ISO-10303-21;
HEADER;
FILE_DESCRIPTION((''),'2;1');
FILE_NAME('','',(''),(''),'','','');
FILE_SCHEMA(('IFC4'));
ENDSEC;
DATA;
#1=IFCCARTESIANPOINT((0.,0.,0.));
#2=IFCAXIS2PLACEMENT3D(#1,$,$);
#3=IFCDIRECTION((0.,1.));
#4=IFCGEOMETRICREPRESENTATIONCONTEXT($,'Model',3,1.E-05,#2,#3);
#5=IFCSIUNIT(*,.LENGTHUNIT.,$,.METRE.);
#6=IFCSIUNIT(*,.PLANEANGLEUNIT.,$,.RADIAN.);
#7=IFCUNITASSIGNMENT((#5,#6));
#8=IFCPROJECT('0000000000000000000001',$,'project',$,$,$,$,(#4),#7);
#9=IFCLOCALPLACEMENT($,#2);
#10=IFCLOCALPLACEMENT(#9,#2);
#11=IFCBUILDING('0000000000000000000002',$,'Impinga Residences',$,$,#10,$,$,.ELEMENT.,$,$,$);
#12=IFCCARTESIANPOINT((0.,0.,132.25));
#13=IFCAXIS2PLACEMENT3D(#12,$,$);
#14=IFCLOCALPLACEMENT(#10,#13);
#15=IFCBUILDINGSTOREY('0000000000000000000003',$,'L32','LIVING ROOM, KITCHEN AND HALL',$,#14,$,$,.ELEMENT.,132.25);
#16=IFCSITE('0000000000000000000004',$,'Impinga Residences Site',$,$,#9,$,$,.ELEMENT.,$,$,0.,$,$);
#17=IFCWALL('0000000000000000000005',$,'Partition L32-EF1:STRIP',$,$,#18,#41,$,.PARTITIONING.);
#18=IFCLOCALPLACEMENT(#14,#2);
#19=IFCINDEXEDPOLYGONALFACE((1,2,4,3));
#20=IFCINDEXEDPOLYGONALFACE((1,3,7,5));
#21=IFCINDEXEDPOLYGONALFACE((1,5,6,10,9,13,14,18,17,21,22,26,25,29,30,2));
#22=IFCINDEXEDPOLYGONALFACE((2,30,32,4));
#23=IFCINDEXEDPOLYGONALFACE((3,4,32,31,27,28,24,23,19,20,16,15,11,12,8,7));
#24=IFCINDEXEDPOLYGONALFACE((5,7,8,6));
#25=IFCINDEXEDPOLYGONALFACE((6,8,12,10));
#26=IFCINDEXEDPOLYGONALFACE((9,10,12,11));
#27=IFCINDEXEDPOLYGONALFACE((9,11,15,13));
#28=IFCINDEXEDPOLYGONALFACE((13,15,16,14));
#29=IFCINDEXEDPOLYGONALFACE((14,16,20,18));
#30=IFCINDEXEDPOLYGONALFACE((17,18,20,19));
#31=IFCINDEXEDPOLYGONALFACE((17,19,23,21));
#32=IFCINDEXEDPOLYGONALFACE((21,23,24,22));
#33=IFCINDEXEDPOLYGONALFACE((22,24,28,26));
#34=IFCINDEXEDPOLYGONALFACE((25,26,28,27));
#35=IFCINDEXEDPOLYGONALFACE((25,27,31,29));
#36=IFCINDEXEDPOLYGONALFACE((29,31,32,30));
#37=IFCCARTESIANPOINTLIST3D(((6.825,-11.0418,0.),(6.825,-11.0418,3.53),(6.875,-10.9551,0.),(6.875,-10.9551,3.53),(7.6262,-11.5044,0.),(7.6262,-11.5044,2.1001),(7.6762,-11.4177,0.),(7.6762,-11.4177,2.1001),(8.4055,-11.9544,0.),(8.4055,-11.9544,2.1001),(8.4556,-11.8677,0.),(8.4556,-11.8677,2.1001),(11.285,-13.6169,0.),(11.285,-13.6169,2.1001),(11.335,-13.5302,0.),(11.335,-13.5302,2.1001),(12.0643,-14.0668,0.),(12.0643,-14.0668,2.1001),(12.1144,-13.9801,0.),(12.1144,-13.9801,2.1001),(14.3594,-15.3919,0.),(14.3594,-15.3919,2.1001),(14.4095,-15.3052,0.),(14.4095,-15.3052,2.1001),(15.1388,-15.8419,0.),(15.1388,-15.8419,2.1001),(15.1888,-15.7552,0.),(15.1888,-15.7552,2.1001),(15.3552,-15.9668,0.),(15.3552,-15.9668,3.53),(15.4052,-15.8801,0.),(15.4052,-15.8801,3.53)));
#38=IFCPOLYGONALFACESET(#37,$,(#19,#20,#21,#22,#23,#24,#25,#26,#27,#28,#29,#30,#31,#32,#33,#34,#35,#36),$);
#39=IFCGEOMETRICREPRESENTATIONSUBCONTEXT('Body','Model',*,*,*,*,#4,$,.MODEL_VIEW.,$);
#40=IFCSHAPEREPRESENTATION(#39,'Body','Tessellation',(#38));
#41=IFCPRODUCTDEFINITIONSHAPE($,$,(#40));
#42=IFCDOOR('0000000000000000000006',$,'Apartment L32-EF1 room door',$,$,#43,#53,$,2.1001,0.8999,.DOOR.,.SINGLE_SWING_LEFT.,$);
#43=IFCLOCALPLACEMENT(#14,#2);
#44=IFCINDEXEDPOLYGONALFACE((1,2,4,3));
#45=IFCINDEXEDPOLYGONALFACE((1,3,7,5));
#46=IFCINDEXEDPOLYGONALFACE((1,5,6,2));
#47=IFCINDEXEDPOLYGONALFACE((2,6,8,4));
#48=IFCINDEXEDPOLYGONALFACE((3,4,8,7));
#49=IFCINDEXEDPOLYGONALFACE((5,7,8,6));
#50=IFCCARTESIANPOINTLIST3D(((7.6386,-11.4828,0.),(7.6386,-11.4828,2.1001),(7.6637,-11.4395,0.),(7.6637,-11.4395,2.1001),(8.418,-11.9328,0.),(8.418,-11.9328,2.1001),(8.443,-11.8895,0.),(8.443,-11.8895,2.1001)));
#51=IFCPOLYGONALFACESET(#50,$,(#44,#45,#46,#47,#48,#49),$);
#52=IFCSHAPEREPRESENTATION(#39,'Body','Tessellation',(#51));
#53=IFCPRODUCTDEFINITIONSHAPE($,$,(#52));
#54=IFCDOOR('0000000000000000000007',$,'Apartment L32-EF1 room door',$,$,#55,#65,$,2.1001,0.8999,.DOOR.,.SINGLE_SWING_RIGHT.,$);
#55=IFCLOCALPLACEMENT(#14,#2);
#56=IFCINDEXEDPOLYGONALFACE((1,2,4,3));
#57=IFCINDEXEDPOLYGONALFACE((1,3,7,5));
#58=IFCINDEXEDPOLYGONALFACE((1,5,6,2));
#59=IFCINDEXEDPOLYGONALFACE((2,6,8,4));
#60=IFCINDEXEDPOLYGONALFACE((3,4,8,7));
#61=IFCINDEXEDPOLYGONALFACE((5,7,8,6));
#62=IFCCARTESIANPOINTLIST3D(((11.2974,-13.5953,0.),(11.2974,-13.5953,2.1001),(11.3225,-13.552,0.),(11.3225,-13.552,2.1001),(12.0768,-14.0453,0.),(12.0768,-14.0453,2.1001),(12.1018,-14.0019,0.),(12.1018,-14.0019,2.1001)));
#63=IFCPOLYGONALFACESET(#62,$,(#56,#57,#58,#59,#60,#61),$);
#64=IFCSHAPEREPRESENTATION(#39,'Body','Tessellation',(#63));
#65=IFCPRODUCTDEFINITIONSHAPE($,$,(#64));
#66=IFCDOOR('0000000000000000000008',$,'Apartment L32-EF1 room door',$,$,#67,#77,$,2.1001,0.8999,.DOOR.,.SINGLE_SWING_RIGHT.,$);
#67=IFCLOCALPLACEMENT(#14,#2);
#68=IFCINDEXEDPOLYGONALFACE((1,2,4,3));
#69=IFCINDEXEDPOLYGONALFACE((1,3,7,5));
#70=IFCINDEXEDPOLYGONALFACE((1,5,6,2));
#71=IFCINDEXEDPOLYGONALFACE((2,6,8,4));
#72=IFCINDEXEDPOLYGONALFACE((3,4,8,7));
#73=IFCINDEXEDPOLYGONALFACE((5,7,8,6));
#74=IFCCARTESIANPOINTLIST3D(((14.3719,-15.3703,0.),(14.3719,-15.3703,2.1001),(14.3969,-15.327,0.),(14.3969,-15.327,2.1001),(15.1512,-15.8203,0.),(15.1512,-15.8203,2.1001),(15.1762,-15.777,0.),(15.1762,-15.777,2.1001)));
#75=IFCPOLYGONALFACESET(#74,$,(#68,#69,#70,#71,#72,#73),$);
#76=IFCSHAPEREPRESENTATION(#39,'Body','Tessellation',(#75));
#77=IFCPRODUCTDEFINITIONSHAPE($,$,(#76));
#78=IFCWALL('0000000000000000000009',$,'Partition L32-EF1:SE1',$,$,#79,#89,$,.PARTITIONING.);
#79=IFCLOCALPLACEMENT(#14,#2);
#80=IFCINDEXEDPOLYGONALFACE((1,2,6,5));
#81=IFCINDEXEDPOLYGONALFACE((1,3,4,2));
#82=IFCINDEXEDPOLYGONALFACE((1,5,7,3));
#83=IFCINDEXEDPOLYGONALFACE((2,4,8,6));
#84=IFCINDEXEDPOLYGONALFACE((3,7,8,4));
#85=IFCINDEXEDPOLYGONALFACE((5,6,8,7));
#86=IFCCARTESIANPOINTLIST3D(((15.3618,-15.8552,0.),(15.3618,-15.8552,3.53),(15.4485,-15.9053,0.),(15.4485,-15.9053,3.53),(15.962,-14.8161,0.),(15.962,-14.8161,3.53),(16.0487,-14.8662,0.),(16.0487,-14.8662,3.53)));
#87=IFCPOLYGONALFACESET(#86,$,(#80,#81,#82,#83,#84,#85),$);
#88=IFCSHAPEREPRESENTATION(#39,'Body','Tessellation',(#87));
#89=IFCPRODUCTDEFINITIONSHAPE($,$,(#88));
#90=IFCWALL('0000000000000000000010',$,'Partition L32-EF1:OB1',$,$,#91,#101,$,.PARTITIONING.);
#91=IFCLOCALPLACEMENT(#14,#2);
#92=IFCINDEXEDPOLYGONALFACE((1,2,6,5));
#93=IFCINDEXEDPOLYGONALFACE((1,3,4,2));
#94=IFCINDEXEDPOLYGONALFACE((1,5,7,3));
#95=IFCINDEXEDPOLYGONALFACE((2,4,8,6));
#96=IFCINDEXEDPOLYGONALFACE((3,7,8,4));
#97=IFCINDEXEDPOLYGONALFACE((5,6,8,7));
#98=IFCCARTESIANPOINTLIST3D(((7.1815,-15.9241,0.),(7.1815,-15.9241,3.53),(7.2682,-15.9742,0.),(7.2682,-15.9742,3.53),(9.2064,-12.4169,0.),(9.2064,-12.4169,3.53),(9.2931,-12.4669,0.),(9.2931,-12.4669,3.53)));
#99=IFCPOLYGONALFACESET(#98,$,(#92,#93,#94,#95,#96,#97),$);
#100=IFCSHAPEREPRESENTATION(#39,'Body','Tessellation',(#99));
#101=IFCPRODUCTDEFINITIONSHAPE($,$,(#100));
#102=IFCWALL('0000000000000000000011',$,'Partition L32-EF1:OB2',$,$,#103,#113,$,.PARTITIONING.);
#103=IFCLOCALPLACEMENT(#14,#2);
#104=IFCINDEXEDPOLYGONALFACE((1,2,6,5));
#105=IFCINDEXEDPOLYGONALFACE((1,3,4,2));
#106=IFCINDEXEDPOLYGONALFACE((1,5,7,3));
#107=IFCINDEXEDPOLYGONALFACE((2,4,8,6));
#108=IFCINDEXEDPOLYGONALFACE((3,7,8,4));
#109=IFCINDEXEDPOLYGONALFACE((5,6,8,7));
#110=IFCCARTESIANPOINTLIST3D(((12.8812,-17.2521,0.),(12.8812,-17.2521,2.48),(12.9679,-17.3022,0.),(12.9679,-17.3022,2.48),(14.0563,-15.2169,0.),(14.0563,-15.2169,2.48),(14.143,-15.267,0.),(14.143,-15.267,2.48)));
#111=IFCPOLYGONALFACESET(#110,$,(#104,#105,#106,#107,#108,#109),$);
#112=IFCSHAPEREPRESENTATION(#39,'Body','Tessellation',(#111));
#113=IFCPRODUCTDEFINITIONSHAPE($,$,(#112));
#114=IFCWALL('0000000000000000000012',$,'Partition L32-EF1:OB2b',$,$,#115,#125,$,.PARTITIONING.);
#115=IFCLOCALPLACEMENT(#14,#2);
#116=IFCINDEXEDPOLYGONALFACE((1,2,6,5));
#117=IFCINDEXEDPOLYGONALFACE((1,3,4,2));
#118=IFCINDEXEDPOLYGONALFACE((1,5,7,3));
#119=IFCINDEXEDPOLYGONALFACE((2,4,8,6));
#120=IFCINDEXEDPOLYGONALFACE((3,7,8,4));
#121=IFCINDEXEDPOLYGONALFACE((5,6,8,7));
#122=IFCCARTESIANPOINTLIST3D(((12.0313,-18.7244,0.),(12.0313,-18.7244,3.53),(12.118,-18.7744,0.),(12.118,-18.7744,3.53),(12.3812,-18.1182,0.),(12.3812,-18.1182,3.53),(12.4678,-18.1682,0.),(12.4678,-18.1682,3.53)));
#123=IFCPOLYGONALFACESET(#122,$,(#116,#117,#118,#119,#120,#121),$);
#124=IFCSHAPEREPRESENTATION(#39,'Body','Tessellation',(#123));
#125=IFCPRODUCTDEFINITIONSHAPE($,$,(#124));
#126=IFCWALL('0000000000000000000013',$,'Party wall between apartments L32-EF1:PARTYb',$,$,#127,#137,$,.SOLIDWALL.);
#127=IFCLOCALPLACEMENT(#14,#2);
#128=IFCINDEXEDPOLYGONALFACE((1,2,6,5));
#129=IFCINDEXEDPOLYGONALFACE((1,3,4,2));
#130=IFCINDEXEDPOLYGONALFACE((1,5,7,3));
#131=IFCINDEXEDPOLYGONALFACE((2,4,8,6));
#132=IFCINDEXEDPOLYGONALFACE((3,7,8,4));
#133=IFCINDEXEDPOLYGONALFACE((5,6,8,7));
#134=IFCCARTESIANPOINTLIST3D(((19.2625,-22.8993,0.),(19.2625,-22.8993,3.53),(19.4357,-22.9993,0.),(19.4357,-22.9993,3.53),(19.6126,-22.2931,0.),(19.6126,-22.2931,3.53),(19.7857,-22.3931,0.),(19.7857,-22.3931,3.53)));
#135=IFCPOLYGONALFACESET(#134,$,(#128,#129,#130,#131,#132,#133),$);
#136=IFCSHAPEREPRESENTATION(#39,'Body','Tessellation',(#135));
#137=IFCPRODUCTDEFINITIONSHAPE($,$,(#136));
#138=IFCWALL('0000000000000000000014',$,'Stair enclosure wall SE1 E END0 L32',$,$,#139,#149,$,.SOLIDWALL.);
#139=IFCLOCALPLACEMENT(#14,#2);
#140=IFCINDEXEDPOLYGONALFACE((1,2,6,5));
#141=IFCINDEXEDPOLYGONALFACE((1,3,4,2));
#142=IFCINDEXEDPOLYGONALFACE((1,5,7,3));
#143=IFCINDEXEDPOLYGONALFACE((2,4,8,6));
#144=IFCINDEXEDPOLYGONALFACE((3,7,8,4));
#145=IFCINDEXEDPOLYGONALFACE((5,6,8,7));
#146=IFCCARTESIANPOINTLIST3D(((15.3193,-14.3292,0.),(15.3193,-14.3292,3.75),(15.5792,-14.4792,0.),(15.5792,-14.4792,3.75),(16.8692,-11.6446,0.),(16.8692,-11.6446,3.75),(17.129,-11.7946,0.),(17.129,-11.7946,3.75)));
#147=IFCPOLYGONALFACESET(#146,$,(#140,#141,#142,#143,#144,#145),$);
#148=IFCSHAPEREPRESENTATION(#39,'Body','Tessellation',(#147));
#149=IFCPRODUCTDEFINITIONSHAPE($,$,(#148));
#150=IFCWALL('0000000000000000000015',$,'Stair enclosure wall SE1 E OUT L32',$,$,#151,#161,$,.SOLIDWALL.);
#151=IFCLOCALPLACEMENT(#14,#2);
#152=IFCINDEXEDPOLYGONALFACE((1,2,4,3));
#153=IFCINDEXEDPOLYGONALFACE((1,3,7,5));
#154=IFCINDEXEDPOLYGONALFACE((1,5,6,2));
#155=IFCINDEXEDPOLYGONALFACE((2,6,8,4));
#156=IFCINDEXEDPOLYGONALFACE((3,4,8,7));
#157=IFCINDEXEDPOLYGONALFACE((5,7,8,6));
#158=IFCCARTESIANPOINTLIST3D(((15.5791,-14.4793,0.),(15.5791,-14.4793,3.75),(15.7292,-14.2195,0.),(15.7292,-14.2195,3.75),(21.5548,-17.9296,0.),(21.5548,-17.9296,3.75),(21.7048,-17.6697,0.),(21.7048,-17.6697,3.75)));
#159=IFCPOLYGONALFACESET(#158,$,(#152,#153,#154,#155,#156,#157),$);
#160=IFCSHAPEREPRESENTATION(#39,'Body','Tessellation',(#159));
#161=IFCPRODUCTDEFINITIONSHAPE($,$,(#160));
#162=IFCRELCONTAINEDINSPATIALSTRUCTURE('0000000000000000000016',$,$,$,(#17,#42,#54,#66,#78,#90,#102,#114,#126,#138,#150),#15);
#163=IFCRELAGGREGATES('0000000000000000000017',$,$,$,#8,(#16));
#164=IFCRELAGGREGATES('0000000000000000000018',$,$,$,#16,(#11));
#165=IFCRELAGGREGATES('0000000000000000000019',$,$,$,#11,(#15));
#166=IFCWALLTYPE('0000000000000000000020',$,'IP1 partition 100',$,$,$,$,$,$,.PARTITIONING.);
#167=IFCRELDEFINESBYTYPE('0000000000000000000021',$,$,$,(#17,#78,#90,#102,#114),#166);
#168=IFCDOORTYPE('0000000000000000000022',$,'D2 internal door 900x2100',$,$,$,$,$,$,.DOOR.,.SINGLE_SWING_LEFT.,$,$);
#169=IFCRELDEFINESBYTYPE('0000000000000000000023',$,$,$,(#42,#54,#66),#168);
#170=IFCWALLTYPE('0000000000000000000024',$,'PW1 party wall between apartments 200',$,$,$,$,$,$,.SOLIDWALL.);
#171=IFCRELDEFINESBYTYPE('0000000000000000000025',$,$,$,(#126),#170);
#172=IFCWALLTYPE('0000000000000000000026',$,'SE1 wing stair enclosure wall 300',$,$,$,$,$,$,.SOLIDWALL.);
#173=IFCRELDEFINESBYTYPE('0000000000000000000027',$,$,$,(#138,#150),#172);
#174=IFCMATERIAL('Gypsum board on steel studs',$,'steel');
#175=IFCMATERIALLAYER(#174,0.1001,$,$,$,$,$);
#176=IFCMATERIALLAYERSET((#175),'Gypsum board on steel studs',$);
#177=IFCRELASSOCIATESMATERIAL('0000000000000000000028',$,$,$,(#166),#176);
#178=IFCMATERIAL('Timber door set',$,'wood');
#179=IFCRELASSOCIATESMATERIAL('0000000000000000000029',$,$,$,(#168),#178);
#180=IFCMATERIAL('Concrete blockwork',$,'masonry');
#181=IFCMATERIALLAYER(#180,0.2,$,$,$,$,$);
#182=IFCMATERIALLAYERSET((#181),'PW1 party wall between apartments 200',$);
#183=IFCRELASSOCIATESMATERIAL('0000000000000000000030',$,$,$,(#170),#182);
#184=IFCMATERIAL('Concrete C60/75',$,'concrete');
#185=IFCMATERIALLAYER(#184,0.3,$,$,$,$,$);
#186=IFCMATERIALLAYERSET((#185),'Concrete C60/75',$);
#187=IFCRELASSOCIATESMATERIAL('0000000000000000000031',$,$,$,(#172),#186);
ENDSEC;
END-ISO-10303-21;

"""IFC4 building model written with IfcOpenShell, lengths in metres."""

from ifc_helpers import new_model, si_unit, direction, frame, frame_2d, origin, place, context, subcontext, project, spatial, rectangle, extrude, material, layer, layer_set, type_object, element, fill, save


model = new_model("IFC4")

# Units and contexts
model_context = context("Model", 3, precision=1e-05, world=origin(), true_north=direction((0.0, 1.0)))
body_context = subcontext(model_context, "Body", "Model", "MODEL_VIEW")
ifc_project = project(units=[si_unit("LENGTHUNIT", "METRE"), si_unit("PLANEANGLEUNIT", "RADIAN")], contexts=[model_context])

# Site, building, storey
site_placement = place(None, origin())
site = spatial("IfcSite", under=ifc_project, at=site_placement, Name="Impinga Residences Site", CompositionType="ELEMENT", RefElevation=0.0)
building_placement = place(site_placement, origin())
building = spatial("IfcBuilding", under=site, at=building_placement, Name="Impinga Residences", CompositionType="ELEMENT")
storey_placement = place(building_placement, frame((0.0, 0.0, 132.25)))
storey = spatial("IfcBuildingStorey", under=building, at=storey_placement, Name="L32", Description="LIVING ROOM, KITCHEN AND HALL", CompositionType="ELEMENT", Elevation=132.25)

# Shared definitions
ifc_material_1 = material(Name="Concrete C60/75", Category="concrete")

# Shared definitions
ifc_material_2 = material(Name="Gypsum board on steel studs", Category="steel")
ifc_layer_1 = layer(ifc_material_2, 0.1001)
ifc_layer_set_1 = layer_set([ifc_layer_1], Name="Gypsum board on steel studs")
wall_type_1 = type_object("IfcWallType", Name="IP1 partition 100", PredefinedType="PARTITIONING", material=ifc_layer_set_1)

# Wall, openings, doors
wall_1_placement = place(storey_placement, frame((6.8501, -10.9985, 0.0), z_axis=(0.0, 0.0, 1.0), x_axis=(0.866021, -0.500007, 0.0)))
wall_1 = element("IfcWall", 1, at=wall_1_placement, inside=storey, type_object=wall_type_1, Name="Partition L32-EF1:STRIP", PredefinedType="PARTITIONING", context=body_context, shape_type="SweptSolid", body=[
    extrude(rectangle(XDim=9.8499, YDim=0.1001, at=frame_2d((4.9248, 0.0))), origin(), (0.0, 0.0, 1.0), 3.53),
])
opening_1_placement = place(wall_1_placement, frame((0.925, 0.0, 0.0)))
opening_1 = element("IfcOpeningElement", 2, at=opening_1_placement, cuts=wall_1, PredefinedType="OPENING", context=body_context, shape_type="SweptSolid", body=[
    extrude(rectangle(XDim=0.8999, YDim=2.1001, at=frame_2d((0.45, 1.05))), frame((0.0, 0.0601, 0.0), z_axis=(0.0, -1.0, 0.0), x_axis=(1.0, 0.0, 0.0)), (0.0, 0.0, 1.0), 0.1201),
])
opening_2_placement = place(wall_1_placement, frame((5.1499, 0.0, 0.0)))
opening_2 = element("IfcOpeningElement", 3, at=opening_2_placement, cuts=wall_1, PredefinedType="OPENING", context=body_context, shape_type="SweptSolid", body=[
    extrude(rectangle(XDim=0.8999, YDim=2.1001, at=frame_2d((0.45, 1.05))), frame((0.0, 0.0601, 0.0), z_axis=(0.0, -1.0, 0.0), x_axis=(1.0, 0.0, 0.0)), (0.0, 0.0, 1.0), 0.1201),
])
opening_3_placement = place(wall_1_placement, frame((8.7, 0.0, 0.0)))
opening_3 = element("IfcOpeningElement", 4, at=opening_3_placement, cuts=wall_1, PredefinedType="OPENING", context=body_context, shape_type="SweptSolid", body=[
    extrude(rectangle(XDim=0.8999, YDim=2.1001, at=frame_2d((0.45, 1.05))), frame((0.0, 0.0601, 0.0), z_axis=(0.0, -1.0, 0.0), x_axis=(1.0, 0.0, 0.0)), (0.0, 0.0, 1.0), 0.1201),
])
ifc_material_3 = material(Name="Timber door set", Category="wood")
door_type = type_object("IfcDoorType", Name="D2 internal door 900x2100", OperationType="SINGLE_SWING_LEFT", PredefinedType="DOOR", material=ifc_material_3)
door_1_placement = place(opening_1_placement, origin())
door_1 = element("IfcDoor", 5, at=door_1_placement, inside=storey, type_object=door_type, Name="Apartment L32-EF1 room door", OperationType="SINGLE_SWING_LEFT", OverallHeight=2.1001, OverallWidth=0.8999, PredefinedType="DOOR", context=body_context, shape_type="SweptSolid", body=[
    extrude(rectangle(XDim=0.8999, YDim=2.1001, at=frame_2d((0.45, 1.05))), frame((0.0, 0.0249, 0.0), z_axis=(0.0, -1.0, 0.0), x_axis=(1.0, 0.0, 0.0)), (0.0, 0.0, 1.0), 0.05),
])
fill(opening_1, door_1)
door_2_placement = place(opening_2_placement, origin())
door_2 = element("IfcDoor", 6, at=door_2_placement, inside=storey, type_object=door_type, Name="Apartment L32-EF1 room door", OperationType="SINGLE_SWING_RIGHT", OverallHeight=2.1001, OverallWidth=0.8999, PredefinedType="DOOR", context=body_context, shape_type="SweptSolid", body=[
    extrude(rectangle(XDim=0.8999, YDim=2.1001, at=frame_2d((0.45, 1.05))), frame((0.0, 0.0249, 0.0), z_axis=(0.0, -1.0, 0.0), x_axis=(1.0, 0.0, 0.0)), (0.0, 0.0, 1.0), 0.05),
])
fill(opening_2, door_2)
door_3_placement = place(opening_3_placement, origin())
door_3 = element("IfcDoor", 7, at=door_3_placement, inside=storey, type_object=door_type, Name="Apartment L32-EF1 room door", OperationType="SINGLE_SWING_RIGHT", OverallHeight=2.1001, OverallWidth=0.8999, PredefinedType="DOOR", context=body_context, shape_type="SweptSolid", body=[
    extrude(rectangle(XDim=0.8999, YDim=2.1001, at=frame_2d((0.45, 1.05))), frame((0.0, 0.0249, 0.0), z_axis=(0.0, -1.0, 0.0), x_axis=(1.0, 0.0, 0.0)), (0.0, 0.0, 1.0), 0.05),
])
fill(opening_3, door_3)

# Walls
wall_2_placement = place(storey_placement, frame((16.0054, -14.8411, 0.0), z_axis=(0.0, 0.0, 1.0), x_axis=(-0.500122, -0.865955, 0.0)))
element("IfcWall", 8, at=wall_2_placement, inside=storey, type_object=wall_type_1, Name="Partition L32-EF1:SE1", PredefinedType="PARTITIONING", context=body_context, shape_type="SweptSolid", body=[
    extrude(rectangle(XDim=1.2, YDim=0.1001, at=frame_2d((0.6001, 0.0))), origin(), (0.0, 0.0, 1.0), 3.53),
])
wall_3_placement = place(storey_placement, frame((9.2498, -12.4419, 0.0), z_axis=(0.0, 0.0, 1.0), x_axis=(-0.49999, -0.866031, 0.0)))
element("IfcWall", 9, at=wall_3_placement, inside=storey, type_object=wall_type_1, Name="Partition L32-EF1:OB1", PredefinedType="PARTITIONING", context=body_context, shape_type="SweptSolid", body=[
    extrude(rectangle(XDim=4.0498, YDim=0.1001, at=frame_2d((2.0249, 0.0))), origin(), (0.0, 0.0, 1.0), 3.53),
])
wall_4_placement = place(storey_placement, frame((14.0996, -15.2419, 0.0), z_axis=(0.0, 0.0, 1.0), x_axis=(-0.500016, -0.866016, 0.0)))
element("IfcWall", 10, at=wall_4_placement, inside=storey, type_object=wall_type_1, Name="Partition L32-EF1:OB2", PredefinedType="PARTITIONING", context=body_context, shape_type="SweptSolid", body=[
    extrude(rectangle(XDim=2.3501, YDim=0.1001, at=frame_2d((1.175, 0.0))), origin(), (0.0, 0.0, 1.0), 2.48),
])
wall_5_placement = place(storey_placement, frame((12.4246, -18.1431, 0.0), z_axis=(0.0, 0.0, 1.0), x_axis=(-0.499853, -0.86611, 0.0)))
element("IfcWall", 11, at=wall_5_placement, inside=storey, type_object=wall_type_1, Name="Partition L32-EF1:OB2b", PredefinedType="PARTITIONING", context=body_context, shape_type="SweptSolid", body=[
    extrude(rectangle(XDim=0.7, YDim=0.1001, at=frame_2d((0.3501, 0.0))), origin(), (0.0, 0.0, 1.0), 3.53),
])
ifc_material_4 = material(Name="Concrete blockwork", Category="masonry")
ifc_layer_2 = layer(ifc_material_4, 0.2)
ifc_layer_set_2 = layer_set([ifc_layer_2], Name="PW1 party wall between apartments 200")
wall_type_2 = type_object("IfcWallType", Name="PW1 party wall between apartments 200", PredefinedType="SOLIDWALL", material=ifc_layer_set_2)
wall_6_placement = place(storey_placement, frame((19.6992, -22.343, 0.0), z_axis=(0.0, 0.0, 1.0), x_axis=(-0.500115, -0.865959, 0.0)))
element("IfcWall", 12, at=wall_6_placement, inside=storey, type_object=wall_type_2, Name="Party wall between apartments L32-EF1:PARTYb", PredefinedType="SOLIDWALL", context=body_context, shape_type="SweptSolid", body=[
    extrude(rectangle(XDim=0.7, YDim=0.2, at=frame_2d((0.3501, 0.0))), origin(), (0.0, 0.0, 1.0), 3.53),
])
ifc_layer_3 = layer(ifc_material_1, 0.3)
ifc_layer_set_3 = layer_set([ifc_layer_3], Name="Concrete C60/75")
wall_type_3 = type_object("IfcWallType", Name="SE1 wing stair enclosure wall 300", PredefinedType="SOLIDWALL", material=ifc_layer_set_3)
wall_7_placement = place(storey_placement, frame((16.999, -11.7197, 0.0), z_axis=(0.0, 0.0, 1.0), x_axis=(-0.499968, -0.866044, 0.0)))
element("IfcWall", 13, at=wall_7_placement, inside=storey, type_object=wall_type_3, Name="Stair enclosure wall SE1 E END0 L32", PredefinedType="SOLIDWALL", context=body_context, shape_type="SweptSolid", body=[
    extrude(rectangle(XDim=3.0999, YDim=0.3, at=frame_2d((1.5498, 0.0))), origin(), (0.0, 0.0, 1.0), 3.75),
])
wall_8_placement = place(storey_placement, frame((15.6541, -14.3494, 0.0), z_axis=(0.0, 0.0, 1.0), x_axis=(0.866014, -0.500021, 0.0)))
element("IfcWall", 14, at=wall_8_placement, inside=storey, type_object=wall_type_3, Name="Stair enclosure wall SE1 E OUT L32", PredefinedType="SOLIDWALL", context=body_context, shape_type="SweptSolid", body=[
    extrude(rectangle(XDim=6.9001, YDim=0.3, at=frame_2d((3.4502, 0.0))), origin(), (0.0, 0.0, 1.0), 3.75),
])

save(model, "model.ifc")
